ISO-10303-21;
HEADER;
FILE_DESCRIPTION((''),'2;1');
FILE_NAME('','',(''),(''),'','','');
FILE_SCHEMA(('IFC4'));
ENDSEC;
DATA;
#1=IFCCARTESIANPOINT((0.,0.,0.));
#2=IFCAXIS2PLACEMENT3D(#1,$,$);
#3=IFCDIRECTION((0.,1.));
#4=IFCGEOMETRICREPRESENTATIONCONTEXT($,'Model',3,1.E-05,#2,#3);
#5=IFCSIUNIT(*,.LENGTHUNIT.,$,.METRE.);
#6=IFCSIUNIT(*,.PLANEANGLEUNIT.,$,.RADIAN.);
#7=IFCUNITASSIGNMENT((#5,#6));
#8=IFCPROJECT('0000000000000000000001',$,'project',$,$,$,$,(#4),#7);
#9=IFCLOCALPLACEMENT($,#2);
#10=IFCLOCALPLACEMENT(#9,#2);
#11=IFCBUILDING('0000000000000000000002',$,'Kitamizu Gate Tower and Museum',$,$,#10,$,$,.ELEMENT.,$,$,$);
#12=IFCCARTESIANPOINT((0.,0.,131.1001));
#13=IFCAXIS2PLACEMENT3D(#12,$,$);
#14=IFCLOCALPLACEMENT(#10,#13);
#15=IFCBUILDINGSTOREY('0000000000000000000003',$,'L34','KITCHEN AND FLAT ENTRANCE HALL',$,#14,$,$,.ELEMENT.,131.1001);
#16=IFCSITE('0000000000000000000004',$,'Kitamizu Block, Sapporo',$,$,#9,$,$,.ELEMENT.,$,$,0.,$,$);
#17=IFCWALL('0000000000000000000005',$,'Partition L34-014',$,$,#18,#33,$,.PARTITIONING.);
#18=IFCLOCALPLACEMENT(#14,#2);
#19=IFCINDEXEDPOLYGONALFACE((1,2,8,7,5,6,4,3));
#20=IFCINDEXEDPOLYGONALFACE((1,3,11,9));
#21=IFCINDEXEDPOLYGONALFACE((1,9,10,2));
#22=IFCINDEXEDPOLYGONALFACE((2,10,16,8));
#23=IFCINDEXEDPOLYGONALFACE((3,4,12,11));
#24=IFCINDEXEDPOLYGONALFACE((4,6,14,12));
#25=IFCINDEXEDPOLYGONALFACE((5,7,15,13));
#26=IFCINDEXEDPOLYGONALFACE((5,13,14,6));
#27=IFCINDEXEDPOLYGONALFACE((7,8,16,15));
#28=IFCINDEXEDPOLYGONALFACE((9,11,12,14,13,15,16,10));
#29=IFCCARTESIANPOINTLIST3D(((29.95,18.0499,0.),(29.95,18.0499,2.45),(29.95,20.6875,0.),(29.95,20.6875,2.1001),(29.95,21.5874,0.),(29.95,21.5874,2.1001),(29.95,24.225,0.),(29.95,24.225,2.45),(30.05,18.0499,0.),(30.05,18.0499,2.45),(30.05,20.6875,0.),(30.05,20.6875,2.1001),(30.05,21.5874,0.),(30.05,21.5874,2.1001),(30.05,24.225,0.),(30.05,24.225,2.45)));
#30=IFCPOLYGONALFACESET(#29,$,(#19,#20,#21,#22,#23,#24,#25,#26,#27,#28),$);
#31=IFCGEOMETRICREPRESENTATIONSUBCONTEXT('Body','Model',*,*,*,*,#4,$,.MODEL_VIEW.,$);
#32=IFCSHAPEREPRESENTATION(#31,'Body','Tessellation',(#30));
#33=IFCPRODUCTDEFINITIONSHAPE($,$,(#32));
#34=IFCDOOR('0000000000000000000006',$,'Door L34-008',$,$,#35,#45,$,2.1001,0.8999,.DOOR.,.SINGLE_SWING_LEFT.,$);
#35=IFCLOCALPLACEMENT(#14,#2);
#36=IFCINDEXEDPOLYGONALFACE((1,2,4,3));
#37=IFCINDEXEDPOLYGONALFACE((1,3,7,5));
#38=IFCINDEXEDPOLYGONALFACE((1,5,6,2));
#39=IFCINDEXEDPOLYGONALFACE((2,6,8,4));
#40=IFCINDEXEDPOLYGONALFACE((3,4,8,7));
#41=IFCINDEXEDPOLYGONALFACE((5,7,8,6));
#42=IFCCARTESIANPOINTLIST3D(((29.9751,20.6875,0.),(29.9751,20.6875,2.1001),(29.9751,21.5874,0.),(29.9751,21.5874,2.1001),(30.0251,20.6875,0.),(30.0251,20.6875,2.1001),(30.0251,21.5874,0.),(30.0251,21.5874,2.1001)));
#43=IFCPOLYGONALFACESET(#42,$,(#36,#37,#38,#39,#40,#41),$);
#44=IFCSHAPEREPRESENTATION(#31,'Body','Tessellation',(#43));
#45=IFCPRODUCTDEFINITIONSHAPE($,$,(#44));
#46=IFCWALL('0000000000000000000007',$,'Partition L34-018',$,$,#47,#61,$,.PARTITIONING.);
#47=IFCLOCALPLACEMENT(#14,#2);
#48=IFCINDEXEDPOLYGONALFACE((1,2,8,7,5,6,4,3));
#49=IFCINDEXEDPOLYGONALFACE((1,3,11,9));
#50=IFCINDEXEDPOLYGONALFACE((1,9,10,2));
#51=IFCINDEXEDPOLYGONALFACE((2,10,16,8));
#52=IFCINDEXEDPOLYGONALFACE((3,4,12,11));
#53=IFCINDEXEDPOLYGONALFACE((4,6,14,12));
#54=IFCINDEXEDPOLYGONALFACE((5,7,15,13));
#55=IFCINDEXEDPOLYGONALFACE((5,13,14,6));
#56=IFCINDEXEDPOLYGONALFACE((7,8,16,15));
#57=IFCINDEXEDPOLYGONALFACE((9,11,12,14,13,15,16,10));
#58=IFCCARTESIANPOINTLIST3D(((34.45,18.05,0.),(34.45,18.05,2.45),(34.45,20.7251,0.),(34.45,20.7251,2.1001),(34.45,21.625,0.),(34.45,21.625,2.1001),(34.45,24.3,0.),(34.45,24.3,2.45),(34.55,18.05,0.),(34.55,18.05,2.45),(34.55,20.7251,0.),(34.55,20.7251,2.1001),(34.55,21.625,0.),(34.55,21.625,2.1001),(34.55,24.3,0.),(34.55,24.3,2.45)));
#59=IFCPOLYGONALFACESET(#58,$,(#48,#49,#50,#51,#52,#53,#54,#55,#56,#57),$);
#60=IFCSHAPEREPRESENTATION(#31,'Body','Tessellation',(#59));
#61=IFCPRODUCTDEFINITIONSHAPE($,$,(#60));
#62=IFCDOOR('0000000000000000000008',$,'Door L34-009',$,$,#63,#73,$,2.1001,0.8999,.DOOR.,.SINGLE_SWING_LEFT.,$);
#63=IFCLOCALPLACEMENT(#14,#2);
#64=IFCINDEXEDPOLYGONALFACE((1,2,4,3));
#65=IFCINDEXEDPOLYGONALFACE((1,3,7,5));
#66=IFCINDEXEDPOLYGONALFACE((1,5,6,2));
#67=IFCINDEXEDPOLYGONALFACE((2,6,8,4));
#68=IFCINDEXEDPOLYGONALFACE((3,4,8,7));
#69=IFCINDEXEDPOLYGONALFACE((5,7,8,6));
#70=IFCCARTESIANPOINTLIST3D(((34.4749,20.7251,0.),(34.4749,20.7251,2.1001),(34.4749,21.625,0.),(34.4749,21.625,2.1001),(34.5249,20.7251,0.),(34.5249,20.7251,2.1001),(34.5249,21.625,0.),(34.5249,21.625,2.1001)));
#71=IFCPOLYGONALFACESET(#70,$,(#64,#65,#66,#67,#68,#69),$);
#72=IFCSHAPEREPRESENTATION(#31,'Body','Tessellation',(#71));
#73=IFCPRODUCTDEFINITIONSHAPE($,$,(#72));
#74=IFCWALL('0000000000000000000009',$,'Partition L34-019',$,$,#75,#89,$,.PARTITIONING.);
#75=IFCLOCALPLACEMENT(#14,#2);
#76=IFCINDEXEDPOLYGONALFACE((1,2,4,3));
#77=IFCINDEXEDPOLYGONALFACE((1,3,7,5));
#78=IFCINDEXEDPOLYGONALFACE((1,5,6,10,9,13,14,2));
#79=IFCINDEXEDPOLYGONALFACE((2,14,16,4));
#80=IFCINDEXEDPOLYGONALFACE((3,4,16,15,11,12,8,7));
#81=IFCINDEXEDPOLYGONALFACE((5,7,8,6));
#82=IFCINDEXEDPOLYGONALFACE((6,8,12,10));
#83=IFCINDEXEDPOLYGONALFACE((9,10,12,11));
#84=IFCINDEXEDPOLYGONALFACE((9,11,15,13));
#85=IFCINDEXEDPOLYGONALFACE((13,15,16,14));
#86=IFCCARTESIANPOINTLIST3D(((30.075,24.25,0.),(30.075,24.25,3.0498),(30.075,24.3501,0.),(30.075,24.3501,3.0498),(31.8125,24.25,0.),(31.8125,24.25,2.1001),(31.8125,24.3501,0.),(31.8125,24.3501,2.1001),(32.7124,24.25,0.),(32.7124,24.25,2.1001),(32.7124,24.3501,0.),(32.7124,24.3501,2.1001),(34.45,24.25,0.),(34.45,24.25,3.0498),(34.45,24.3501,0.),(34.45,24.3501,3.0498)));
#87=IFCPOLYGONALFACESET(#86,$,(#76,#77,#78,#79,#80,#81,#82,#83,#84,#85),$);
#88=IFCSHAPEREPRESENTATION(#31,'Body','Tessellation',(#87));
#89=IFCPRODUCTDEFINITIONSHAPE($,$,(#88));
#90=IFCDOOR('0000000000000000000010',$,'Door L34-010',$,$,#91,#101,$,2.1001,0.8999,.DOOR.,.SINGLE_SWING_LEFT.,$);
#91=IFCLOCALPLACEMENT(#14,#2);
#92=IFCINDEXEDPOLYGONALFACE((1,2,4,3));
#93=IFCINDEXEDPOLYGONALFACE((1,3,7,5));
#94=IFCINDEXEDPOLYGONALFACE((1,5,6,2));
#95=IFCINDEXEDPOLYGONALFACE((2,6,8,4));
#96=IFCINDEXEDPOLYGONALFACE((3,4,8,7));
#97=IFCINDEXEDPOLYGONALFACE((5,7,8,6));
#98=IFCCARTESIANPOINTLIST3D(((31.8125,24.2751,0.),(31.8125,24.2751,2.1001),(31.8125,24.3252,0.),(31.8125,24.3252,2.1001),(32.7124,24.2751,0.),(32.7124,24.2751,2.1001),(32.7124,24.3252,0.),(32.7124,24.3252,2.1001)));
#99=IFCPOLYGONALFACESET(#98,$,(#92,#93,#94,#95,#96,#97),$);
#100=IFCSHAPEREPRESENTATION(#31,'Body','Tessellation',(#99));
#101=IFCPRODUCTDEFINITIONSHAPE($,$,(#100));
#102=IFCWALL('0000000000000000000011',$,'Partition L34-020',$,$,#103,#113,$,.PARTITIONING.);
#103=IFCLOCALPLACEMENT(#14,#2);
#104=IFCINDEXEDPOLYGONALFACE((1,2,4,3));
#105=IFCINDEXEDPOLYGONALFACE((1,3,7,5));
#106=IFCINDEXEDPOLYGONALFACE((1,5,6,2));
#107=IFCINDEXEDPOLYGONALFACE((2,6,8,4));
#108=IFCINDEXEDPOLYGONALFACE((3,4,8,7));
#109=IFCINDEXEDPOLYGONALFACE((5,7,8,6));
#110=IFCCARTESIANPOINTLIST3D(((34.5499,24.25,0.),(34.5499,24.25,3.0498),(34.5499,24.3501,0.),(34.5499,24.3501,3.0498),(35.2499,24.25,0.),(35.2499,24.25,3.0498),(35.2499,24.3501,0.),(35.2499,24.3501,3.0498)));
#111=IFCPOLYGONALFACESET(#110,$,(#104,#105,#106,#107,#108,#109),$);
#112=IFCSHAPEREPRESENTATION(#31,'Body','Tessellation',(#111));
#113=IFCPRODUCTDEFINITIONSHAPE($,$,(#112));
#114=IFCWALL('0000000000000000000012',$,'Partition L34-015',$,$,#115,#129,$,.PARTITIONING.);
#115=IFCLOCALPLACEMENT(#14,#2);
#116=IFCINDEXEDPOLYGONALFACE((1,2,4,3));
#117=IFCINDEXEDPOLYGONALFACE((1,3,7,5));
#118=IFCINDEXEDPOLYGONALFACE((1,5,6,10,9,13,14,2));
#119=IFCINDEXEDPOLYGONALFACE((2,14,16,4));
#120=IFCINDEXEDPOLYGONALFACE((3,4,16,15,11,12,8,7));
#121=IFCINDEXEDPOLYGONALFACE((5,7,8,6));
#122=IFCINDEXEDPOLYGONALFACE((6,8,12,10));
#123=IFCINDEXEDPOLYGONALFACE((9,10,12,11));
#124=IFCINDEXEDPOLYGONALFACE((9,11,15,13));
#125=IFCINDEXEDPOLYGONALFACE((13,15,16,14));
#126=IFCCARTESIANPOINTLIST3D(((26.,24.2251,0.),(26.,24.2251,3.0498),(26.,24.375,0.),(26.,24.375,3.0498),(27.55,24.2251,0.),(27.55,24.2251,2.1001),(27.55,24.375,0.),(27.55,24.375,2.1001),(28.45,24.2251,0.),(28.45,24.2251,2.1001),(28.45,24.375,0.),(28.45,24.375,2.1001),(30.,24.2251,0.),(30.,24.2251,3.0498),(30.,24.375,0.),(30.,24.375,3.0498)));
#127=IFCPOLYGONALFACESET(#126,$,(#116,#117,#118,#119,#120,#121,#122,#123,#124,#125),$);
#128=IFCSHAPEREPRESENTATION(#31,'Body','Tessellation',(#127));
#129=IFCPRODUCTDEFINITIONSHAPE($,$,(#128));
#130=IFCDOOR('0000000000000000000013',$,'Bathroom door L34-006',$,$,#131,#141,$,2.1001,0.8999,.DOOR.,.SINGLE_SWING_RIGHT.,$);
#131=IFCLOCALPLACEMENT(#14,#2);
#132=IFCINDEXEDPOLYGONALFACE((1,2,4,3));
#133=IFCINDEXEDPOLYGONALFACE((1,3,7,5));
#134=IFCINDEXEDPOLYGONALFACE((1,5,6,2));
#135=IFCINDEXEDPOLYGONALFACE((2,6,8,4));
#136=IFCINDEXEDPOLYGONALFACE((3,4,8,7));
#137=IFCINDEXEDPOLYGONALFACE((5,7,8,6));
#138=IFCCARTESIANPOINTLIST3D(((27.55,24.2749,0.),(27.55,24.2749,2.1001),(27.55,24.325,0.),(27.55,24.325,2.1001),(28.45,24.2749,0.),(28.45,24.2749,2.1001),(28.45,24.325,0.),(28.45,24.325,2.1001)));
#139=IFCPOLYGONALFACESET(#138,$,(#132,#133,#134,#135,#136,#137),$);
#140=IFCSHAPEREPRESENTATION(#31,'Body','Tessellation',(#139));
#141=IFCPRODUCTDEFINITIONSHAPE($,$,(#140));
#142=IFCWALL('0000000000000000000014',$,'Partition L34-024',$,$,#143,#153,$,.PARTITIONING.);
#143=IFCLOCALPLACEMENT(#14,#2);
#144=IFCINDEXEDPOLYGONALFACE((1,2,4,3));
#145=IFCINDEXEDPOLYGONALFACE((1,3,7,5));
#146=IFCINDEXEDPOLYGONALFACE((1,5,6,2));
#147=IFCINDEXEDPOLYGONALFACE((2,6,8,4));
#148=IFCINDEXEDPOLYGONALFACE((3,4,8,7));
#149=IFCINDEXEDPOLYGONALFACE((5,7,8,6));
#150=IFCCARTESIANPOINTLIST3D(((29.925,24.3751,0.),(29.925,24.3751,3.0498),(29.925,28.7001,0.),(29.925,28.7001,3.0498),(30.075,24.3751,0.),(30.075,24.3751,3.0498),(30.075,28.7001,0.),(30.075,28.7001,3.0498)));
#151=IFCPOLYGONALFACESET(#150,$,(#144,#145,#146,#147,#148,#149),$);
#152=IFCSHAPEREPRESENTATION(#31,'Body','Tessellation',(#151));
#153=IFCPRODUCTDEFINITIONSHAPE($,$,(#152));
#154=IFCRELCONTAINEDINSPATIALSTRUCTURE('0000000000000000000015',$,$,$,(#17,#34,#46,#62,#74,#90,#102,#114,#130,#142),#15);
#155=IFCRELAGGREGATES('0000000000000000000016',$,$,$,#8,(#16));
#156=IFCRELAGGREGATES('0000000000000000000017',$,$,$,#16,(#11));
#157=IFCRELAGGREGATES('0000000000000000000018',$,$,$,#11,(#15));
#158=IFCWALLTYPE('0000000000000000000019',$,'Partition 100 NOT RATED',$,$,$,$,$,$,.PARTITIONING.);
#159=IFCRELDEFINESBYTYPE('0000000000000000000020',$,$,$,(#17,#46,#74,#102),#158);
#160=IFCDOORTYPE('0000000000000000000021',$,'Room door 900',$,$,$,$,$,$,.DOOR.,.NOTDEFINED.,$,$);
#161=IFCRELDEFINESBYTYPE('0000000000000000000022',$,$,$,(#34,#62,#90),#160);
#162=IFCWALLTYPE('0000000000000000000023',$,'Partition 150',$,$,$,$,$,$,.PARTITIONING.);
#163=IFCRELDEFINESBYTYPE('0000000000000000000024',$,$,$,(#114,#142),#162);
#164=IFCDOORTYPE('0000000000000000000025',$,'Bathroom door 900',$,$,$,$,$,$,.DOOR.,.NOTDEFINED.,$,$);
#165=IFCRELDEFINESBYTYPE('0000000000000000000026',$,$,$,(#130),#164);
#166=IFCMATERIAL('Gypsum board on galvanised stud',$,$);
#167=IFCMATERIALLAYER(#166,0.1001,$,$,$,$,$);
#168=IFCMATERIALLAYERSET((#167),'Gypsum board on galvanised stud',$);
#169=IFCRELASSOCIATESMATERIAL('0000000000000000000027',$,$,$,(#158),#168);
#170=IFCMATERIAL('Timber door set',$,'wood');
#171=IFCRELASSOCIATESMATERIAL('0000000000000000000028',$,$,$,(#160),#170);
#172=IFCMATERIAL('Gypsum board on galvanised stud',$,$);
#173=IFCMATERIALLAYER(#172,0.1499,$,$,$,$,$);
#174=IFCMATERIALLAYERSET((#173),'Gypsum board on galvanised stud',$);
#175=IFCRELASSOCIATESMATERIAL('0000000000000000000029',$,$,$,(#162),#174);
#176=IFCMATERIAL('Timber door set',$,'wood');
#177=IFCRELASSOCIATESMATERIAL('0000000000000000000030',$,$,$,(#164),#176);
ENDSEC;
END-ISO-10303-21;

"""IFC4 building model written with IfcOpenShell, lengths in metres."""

from ifc_helpers import new_model, si_unit, direction, frame, frame_2d, origin, place, context, subcontext, project, spatial, rectangle, extrude, material, layer, layer_set, type_object, element, fill, save


model = new_model("IFC4")

# Units and contexts
model_context = context("Model", 3, precision=1e-05, world=origin(), true_north=direction((0.0, 1.0)))
body_context = subcontext(model_context, "Body", "Model", "MODEL_VIEW")
ifc_project = project(units=[si_unit("LENGTHUNIT", "METRE"), si_unit("PLANEANGLEUNIT", "RADIAN")], contexts=[model_context])

# Site, building, storey
site_placement = place(None, origin())
site = spatial("IfcSite", under=ifc_project, at=site_placement, Name="Kitamizu Block, Sapporo", CompositionType="ELEMENT", RefElevation=0.0)
building_placement = place(site_placement, origin())
building = spatial("IfcBuilding", under=site, at=building_placement, Name="Kitamizu Gate Tower and Museum", CompositionType="ELEMENT")
storey_placement = place(building_placement, frame((0.0, 0.0, 131.1001)))
storey = spatial("IfcBuildingStorey", under=building, at=storey_placement, Name="L34", Description="KITCHEN AND FLAT ENTRANCE HALL", CompositionType="ELEMENT", Elevation=131.1001)

# Shared definitions
ifc_material_1 = material(Name="Gypsum board on galvanised stud")
ifc_layer_1 = layer(ifc_material_1, 0.1001)
ifc_layer_set_1 = layer_set([ifc_layer_1], Name="Gypsum board on galvanised stud")
wall_type_1 = type_object("IfcWallType", Name="Partition 100 NOT RATED", PredefinedType="PARTITIONING", material=ifc_layer_set_1)
ifc_material_2 = material(Name="Timber door set", Category="wood")
door_type_1 = type_object("IfcDoorType", Name="Room door 900", OperationType="NOTDEFINED", PredefinedType="DOOR", material=ifc_material_2)

# Walls, openings, doors
wall_1_placement = place(storey_placement, frame((30.0, 18.05, 0.0), z_axis=(0.0, 0.0, 1.0), x_axis=(0.0, 1.0, 0.0)))
wall_1 = element("IfcWall", 1, at=wall_1_placement, inside=storey, type_object=wall_type_1, Name="Partition L34-014", PredefinedType="PARTITIONING", context=body_context, shape_type="SweptSolid", body=[
    extrude(rectangle(XDim=6.175, YDim=0.1001, at=frame_2d((3.0874, 0.0))), origin(), (0.0, 0.0, 1.0), 2.45),
])
opening_1_placement = place(wall_1_placement, frame((2.6375, 0.0, 0.0)))
opening_1 = element("IfcOpeningElement", 2, at=opening_1_placement, cuts=wall_1, PredefinedType="OPENING", context=body_context, shape_type="SweptSolid", body=[
    extrude(rectangle(XDim=0.8999, YDim=2.1001, at=frame_2d((0.45, 1.05))), frame((0.0, 0.0601, 0.0), z_axis=(0.0, -1.0, 0.0), x_axis=(1.0, 0.0, 0.0)), (0.0, 0.0, 1.0), 0.1201),
])
door_1_placement = place(opening_1_placement, origin())
door_1 = element("IfcDoor", 3, at=door_1_placement, inside=storey, type_object=door_type_1, Name="Door L34-008", OperationType="SINGLE_SWING_LEFT", OverallHeight=2.1001, OverallWidth=0.8999, PredefinedType="DOOR", context=body_context, shape_type="SweptSolid", body=[
    extrude(rectangle(XDim=0.8999, YDim=2.1001, at=frame_2d((0.45, 1.05))), frame((0.0, 0.0249, 0.0), z_axis=(0.0, -1.0, 0.0), x_axis=(1.0, 0.0, 0.0)), (0.0, 0.0, 1.0), 0.05),
])
fill(opening_1, door_1)
wall_2_placement = place(storey_placement, frame((34.5, 18.05, 0.0), z_axis=(0.0, 0.0, 1.0), x_axis=(0.0, 1.0, 0.0)))
wall_2 = element("IfcWall", 4, at=wall_2_placement, inside=storey, type_object=wall_type_1, Name="Partition L34-018", PredefinedType="PARTITIONING", context=body_context, shape_type="SweptSolid", body=[
    extrude(rectangle(XDim=6.25, YDim=0.1001, at=frame_2d((3.125, 0.0))), origin(), (0.0, 0.0, 1.0), 2.45),
])
opening_2_placement = place(wall_2_placement, frame((2.675, 0.0, 0.0)))
opening_2 = element("IfcOpeningElement", 5, at=opening_2_placement, cuts=wall_2, PredefinedType="OPENING", context=body_context, shape_type="SweptSolid", body=[
    extrude(rectangle(XDim=0.8999, YDim=2.1001, at=frame_2d((0.45, 1.05))), frame((0.0, 0.0601, 0.0), z_axis=(0.0, -1.0, 0.0), x_axis=(1.0, 0.0, 0.0)), (0.0, 0.0, 1.0), 0.1201),
])
door_2_placement = place(opening_2_placement, frame((0.8999, 0.0, 0.0), x_axis=(-1.0, 0.0, 0.0)))
door_2 = element("IfcDoor", 6, at=door_2_placement, inside=storey, type_object=door_type_1, Name="Door L34-009", OperationType="SINGLE_SWING_LEFT", OverallHeight=2.1001, OverallWidth=0.8999, PredefinedType="DOOR", context=body_context, shape_type="SweptSolid", body=[
    extrude(rectangle(XDim=0.8999, YDim=2.1001, at=frame_2d((0.45, 1.05))), frame((0.0, 0.0249, 0.0), z_axis=(0.0, -1.0, 0.0), x_axis=(1.0, 0.0, 0.0)), (0.0, 0.0, 1.0), 0.05),
])
fill(opening_2, door_2)
wall_3_placement = place(storey_placement, frame((34.45, 24.3, 0.0), z_axis=(0.0, 0.0, 1.0), x_axis=(-1.0, 0.0, 0.0)))
wall_3 = element("IfcWall", 7, at=wall_3_placement, inside=storey, type_object=wall_type_1, Name="Partition L34-019", PredefinedType="PARTITIONING", context=body_context, shape_type="SweptSolid", body=[
    extrude(rectangle(XDim=4.375, YDim=0.1001, at=frame_2d((2.1875, 0.0))), origin(), (0.0, 0.0, 1.0), 3.0498),
])
opening_3_placement = place(wall_3_placement, frame((1.7375, 0.0, 0.0)))
opening_3 = element("IfcOpeningElement", 8, at=opening_3_placement, cuts=wall_3, PredefinedType="OPENING", context=body_context, shape_type="SweptSolid", body=[
    extrude(rectangle(XDim=0.8999, YDim=2.1001, at=frame_2d((0.45, 1.05))), frame((0.0, 0.0601, 0.0), z_axis=(0.0, -1.0, 0.0), x_axis=(1.0, 0.0, 0.0)), (0.0, 0.0, 1.0), 0.1201),
])
door_3_placement = place(opening_3_placement, origin())
door_3 = element("IfcDoor", 9, at=door_3_placement, inside=storey, type_object=door_type_1, Name="Door L34-010", OperationType="SINGLE_SWING_LEFT", OverallHeight=2.1001, OverallWidth=0.8999, PredefinedType="DOOR", context=body_context, shape_type="SweptSolid", body=[
    extrude(rectangle(XDim=0.8999, YDim=2.1001, at=frame_2d((0.45, 1.05))), frame((0.0, 0.0249, 0.0), z_axis=(0.0, -1.0, 0.0), x_axis=(1.0, 0.0, 0.0)), (0.0, 0.0, 1.0), 0.05),
])
fill(opening_3, door_3)

# Wall
wall_4_placement = place(storey_placement, frame((35.25, 24.3, 0.0), z_axis=(0.0, 0.0, 1.0), x_axis=(-1.0, 0.0, 0.0)))
element("IfcWall", 10, at=wall_4_placement, inside=storey, type_object=wall_type_1, Name="Partition L34-020", PredefinedType="PARTITIONING", context=body_context, shape_type="SweptSolid", body=[
    extrude(rectangle(XDim=0.7, YDim=0.1001, at=frame_2d((0.3501, 0.0))), origin(), (0.0, 0.0, 1.0), 3.0498),
])

# Wall, opening, door
ifc_material_3 = material(Name="Gypsum board on galvanised stud")
ifc_layer_2 = layer(ifc_material_3, 0.1499)
ifc_layer_set_2 = layer_set([ifc_layer_2], Name="Gypsum board on galvanised stud")
wall_type_2 = type_object("IfcWallType", Name="Partition 150", PredefinedType="PARTITIONING", material=ifc_layer_set_2)
wall_5_placement = place(storey_placement, frame((30.0, 24.3, 0.0), z_axis=(0.0, 0.0, 1.0), x_axis=(-1.0, 0.0, 0.0)))
wall_5 = element("IfcWall", 11, at=wall_5_placement, inside=storey, type_object=wall_type_2, Name="Partition L34-015", PredefinedType="PARTITIONING", context=body_context, shape_type="SweptSolid", body=[
    extrude(rectangle(XDim=4.0, YDim=0.1499, at=frame_2d((2.0, 0.0))), origin(), (0.0, 0.0, 1.0), 3.0498),
])
opening_4_placement = place(wall_5_placement, frame((1.55, 0.0, 0.0)))
opening_4 = element("IfcOpeningElement", 12, at=opening_4_placement, cuts=wall_5, PredefinedType="OPENING", context=body_context, shape_type="SweptSolid", body=[
    extrude(rectangle(XDim=0.8999, YDim=2.1001, at=frame_2d((0.45, 1.05))), frame((0.0, 0.085, 0.0), z_axis=(0.0, -1.0, 0.0), x_axis=(1.0, 0.0, 0.0)), (0.0, 0.0, 1.0), 0.1699),
])
ifc_material_4 = material(Name="Timber door set", Category="wood")
door_type_2 = type_object("IfcDoorType", Name="Bathroom door 900", OperationType="NOTDEFINED", PredefinedType="DOOR", material=ifc_material_4)
door_4_placement = place(opening_4_placement, frame((0.8999, 0.0, 0.0), x_axis=(-1.0, 0.0, 0.0)))
door_4 = element("IfcDoor", 13, at=door_4_placement, inside=storey, type_object=door_type_2, Name="Bathroom door L34-006", OperationType="SINGLE_SWING_RIGHT", OverallHeight=2.1001, OverallWidth=0.8999, PredefinedType="DOOR", context=body_context, shape_type="SweptSolid", body=[
    extrude(rectangle(XDim=0.8999, YDim=2.1001, at=frame_2d((0.45, 1.05))), frame((0.0, 0.0249, 0.0), z_axis=(0.0, -1.0, 0.0), x_axis=(1.0, 0.0, 0.0)), (0.0, 0.0, 1.0), 0.05),
])
fill(opening_4, door_4)

# Wall
wall_6_placement = place(storey_placement, frame((30.0, 24.375, 0.0), z_axis=(0.0, 0.0, 1.0), x_axis=(0.0, 1.0, 0.0)))
element("IfcWall", 14, at=wall_6_placement, inside=storey, type_object=wall_type_2, Name="Partition L34-024", PredefinedType="PARTITIONING", context=body_context, shape_type="SweptSolid", body=[
    extrude(rectangle(XDim=4.325, YDim=0.1499, at=frame_2d((2.1626, 0.0))), origin(), (0.0, 0.0, 1.0), 3.0498),
])

save(model, "model.ifc")
